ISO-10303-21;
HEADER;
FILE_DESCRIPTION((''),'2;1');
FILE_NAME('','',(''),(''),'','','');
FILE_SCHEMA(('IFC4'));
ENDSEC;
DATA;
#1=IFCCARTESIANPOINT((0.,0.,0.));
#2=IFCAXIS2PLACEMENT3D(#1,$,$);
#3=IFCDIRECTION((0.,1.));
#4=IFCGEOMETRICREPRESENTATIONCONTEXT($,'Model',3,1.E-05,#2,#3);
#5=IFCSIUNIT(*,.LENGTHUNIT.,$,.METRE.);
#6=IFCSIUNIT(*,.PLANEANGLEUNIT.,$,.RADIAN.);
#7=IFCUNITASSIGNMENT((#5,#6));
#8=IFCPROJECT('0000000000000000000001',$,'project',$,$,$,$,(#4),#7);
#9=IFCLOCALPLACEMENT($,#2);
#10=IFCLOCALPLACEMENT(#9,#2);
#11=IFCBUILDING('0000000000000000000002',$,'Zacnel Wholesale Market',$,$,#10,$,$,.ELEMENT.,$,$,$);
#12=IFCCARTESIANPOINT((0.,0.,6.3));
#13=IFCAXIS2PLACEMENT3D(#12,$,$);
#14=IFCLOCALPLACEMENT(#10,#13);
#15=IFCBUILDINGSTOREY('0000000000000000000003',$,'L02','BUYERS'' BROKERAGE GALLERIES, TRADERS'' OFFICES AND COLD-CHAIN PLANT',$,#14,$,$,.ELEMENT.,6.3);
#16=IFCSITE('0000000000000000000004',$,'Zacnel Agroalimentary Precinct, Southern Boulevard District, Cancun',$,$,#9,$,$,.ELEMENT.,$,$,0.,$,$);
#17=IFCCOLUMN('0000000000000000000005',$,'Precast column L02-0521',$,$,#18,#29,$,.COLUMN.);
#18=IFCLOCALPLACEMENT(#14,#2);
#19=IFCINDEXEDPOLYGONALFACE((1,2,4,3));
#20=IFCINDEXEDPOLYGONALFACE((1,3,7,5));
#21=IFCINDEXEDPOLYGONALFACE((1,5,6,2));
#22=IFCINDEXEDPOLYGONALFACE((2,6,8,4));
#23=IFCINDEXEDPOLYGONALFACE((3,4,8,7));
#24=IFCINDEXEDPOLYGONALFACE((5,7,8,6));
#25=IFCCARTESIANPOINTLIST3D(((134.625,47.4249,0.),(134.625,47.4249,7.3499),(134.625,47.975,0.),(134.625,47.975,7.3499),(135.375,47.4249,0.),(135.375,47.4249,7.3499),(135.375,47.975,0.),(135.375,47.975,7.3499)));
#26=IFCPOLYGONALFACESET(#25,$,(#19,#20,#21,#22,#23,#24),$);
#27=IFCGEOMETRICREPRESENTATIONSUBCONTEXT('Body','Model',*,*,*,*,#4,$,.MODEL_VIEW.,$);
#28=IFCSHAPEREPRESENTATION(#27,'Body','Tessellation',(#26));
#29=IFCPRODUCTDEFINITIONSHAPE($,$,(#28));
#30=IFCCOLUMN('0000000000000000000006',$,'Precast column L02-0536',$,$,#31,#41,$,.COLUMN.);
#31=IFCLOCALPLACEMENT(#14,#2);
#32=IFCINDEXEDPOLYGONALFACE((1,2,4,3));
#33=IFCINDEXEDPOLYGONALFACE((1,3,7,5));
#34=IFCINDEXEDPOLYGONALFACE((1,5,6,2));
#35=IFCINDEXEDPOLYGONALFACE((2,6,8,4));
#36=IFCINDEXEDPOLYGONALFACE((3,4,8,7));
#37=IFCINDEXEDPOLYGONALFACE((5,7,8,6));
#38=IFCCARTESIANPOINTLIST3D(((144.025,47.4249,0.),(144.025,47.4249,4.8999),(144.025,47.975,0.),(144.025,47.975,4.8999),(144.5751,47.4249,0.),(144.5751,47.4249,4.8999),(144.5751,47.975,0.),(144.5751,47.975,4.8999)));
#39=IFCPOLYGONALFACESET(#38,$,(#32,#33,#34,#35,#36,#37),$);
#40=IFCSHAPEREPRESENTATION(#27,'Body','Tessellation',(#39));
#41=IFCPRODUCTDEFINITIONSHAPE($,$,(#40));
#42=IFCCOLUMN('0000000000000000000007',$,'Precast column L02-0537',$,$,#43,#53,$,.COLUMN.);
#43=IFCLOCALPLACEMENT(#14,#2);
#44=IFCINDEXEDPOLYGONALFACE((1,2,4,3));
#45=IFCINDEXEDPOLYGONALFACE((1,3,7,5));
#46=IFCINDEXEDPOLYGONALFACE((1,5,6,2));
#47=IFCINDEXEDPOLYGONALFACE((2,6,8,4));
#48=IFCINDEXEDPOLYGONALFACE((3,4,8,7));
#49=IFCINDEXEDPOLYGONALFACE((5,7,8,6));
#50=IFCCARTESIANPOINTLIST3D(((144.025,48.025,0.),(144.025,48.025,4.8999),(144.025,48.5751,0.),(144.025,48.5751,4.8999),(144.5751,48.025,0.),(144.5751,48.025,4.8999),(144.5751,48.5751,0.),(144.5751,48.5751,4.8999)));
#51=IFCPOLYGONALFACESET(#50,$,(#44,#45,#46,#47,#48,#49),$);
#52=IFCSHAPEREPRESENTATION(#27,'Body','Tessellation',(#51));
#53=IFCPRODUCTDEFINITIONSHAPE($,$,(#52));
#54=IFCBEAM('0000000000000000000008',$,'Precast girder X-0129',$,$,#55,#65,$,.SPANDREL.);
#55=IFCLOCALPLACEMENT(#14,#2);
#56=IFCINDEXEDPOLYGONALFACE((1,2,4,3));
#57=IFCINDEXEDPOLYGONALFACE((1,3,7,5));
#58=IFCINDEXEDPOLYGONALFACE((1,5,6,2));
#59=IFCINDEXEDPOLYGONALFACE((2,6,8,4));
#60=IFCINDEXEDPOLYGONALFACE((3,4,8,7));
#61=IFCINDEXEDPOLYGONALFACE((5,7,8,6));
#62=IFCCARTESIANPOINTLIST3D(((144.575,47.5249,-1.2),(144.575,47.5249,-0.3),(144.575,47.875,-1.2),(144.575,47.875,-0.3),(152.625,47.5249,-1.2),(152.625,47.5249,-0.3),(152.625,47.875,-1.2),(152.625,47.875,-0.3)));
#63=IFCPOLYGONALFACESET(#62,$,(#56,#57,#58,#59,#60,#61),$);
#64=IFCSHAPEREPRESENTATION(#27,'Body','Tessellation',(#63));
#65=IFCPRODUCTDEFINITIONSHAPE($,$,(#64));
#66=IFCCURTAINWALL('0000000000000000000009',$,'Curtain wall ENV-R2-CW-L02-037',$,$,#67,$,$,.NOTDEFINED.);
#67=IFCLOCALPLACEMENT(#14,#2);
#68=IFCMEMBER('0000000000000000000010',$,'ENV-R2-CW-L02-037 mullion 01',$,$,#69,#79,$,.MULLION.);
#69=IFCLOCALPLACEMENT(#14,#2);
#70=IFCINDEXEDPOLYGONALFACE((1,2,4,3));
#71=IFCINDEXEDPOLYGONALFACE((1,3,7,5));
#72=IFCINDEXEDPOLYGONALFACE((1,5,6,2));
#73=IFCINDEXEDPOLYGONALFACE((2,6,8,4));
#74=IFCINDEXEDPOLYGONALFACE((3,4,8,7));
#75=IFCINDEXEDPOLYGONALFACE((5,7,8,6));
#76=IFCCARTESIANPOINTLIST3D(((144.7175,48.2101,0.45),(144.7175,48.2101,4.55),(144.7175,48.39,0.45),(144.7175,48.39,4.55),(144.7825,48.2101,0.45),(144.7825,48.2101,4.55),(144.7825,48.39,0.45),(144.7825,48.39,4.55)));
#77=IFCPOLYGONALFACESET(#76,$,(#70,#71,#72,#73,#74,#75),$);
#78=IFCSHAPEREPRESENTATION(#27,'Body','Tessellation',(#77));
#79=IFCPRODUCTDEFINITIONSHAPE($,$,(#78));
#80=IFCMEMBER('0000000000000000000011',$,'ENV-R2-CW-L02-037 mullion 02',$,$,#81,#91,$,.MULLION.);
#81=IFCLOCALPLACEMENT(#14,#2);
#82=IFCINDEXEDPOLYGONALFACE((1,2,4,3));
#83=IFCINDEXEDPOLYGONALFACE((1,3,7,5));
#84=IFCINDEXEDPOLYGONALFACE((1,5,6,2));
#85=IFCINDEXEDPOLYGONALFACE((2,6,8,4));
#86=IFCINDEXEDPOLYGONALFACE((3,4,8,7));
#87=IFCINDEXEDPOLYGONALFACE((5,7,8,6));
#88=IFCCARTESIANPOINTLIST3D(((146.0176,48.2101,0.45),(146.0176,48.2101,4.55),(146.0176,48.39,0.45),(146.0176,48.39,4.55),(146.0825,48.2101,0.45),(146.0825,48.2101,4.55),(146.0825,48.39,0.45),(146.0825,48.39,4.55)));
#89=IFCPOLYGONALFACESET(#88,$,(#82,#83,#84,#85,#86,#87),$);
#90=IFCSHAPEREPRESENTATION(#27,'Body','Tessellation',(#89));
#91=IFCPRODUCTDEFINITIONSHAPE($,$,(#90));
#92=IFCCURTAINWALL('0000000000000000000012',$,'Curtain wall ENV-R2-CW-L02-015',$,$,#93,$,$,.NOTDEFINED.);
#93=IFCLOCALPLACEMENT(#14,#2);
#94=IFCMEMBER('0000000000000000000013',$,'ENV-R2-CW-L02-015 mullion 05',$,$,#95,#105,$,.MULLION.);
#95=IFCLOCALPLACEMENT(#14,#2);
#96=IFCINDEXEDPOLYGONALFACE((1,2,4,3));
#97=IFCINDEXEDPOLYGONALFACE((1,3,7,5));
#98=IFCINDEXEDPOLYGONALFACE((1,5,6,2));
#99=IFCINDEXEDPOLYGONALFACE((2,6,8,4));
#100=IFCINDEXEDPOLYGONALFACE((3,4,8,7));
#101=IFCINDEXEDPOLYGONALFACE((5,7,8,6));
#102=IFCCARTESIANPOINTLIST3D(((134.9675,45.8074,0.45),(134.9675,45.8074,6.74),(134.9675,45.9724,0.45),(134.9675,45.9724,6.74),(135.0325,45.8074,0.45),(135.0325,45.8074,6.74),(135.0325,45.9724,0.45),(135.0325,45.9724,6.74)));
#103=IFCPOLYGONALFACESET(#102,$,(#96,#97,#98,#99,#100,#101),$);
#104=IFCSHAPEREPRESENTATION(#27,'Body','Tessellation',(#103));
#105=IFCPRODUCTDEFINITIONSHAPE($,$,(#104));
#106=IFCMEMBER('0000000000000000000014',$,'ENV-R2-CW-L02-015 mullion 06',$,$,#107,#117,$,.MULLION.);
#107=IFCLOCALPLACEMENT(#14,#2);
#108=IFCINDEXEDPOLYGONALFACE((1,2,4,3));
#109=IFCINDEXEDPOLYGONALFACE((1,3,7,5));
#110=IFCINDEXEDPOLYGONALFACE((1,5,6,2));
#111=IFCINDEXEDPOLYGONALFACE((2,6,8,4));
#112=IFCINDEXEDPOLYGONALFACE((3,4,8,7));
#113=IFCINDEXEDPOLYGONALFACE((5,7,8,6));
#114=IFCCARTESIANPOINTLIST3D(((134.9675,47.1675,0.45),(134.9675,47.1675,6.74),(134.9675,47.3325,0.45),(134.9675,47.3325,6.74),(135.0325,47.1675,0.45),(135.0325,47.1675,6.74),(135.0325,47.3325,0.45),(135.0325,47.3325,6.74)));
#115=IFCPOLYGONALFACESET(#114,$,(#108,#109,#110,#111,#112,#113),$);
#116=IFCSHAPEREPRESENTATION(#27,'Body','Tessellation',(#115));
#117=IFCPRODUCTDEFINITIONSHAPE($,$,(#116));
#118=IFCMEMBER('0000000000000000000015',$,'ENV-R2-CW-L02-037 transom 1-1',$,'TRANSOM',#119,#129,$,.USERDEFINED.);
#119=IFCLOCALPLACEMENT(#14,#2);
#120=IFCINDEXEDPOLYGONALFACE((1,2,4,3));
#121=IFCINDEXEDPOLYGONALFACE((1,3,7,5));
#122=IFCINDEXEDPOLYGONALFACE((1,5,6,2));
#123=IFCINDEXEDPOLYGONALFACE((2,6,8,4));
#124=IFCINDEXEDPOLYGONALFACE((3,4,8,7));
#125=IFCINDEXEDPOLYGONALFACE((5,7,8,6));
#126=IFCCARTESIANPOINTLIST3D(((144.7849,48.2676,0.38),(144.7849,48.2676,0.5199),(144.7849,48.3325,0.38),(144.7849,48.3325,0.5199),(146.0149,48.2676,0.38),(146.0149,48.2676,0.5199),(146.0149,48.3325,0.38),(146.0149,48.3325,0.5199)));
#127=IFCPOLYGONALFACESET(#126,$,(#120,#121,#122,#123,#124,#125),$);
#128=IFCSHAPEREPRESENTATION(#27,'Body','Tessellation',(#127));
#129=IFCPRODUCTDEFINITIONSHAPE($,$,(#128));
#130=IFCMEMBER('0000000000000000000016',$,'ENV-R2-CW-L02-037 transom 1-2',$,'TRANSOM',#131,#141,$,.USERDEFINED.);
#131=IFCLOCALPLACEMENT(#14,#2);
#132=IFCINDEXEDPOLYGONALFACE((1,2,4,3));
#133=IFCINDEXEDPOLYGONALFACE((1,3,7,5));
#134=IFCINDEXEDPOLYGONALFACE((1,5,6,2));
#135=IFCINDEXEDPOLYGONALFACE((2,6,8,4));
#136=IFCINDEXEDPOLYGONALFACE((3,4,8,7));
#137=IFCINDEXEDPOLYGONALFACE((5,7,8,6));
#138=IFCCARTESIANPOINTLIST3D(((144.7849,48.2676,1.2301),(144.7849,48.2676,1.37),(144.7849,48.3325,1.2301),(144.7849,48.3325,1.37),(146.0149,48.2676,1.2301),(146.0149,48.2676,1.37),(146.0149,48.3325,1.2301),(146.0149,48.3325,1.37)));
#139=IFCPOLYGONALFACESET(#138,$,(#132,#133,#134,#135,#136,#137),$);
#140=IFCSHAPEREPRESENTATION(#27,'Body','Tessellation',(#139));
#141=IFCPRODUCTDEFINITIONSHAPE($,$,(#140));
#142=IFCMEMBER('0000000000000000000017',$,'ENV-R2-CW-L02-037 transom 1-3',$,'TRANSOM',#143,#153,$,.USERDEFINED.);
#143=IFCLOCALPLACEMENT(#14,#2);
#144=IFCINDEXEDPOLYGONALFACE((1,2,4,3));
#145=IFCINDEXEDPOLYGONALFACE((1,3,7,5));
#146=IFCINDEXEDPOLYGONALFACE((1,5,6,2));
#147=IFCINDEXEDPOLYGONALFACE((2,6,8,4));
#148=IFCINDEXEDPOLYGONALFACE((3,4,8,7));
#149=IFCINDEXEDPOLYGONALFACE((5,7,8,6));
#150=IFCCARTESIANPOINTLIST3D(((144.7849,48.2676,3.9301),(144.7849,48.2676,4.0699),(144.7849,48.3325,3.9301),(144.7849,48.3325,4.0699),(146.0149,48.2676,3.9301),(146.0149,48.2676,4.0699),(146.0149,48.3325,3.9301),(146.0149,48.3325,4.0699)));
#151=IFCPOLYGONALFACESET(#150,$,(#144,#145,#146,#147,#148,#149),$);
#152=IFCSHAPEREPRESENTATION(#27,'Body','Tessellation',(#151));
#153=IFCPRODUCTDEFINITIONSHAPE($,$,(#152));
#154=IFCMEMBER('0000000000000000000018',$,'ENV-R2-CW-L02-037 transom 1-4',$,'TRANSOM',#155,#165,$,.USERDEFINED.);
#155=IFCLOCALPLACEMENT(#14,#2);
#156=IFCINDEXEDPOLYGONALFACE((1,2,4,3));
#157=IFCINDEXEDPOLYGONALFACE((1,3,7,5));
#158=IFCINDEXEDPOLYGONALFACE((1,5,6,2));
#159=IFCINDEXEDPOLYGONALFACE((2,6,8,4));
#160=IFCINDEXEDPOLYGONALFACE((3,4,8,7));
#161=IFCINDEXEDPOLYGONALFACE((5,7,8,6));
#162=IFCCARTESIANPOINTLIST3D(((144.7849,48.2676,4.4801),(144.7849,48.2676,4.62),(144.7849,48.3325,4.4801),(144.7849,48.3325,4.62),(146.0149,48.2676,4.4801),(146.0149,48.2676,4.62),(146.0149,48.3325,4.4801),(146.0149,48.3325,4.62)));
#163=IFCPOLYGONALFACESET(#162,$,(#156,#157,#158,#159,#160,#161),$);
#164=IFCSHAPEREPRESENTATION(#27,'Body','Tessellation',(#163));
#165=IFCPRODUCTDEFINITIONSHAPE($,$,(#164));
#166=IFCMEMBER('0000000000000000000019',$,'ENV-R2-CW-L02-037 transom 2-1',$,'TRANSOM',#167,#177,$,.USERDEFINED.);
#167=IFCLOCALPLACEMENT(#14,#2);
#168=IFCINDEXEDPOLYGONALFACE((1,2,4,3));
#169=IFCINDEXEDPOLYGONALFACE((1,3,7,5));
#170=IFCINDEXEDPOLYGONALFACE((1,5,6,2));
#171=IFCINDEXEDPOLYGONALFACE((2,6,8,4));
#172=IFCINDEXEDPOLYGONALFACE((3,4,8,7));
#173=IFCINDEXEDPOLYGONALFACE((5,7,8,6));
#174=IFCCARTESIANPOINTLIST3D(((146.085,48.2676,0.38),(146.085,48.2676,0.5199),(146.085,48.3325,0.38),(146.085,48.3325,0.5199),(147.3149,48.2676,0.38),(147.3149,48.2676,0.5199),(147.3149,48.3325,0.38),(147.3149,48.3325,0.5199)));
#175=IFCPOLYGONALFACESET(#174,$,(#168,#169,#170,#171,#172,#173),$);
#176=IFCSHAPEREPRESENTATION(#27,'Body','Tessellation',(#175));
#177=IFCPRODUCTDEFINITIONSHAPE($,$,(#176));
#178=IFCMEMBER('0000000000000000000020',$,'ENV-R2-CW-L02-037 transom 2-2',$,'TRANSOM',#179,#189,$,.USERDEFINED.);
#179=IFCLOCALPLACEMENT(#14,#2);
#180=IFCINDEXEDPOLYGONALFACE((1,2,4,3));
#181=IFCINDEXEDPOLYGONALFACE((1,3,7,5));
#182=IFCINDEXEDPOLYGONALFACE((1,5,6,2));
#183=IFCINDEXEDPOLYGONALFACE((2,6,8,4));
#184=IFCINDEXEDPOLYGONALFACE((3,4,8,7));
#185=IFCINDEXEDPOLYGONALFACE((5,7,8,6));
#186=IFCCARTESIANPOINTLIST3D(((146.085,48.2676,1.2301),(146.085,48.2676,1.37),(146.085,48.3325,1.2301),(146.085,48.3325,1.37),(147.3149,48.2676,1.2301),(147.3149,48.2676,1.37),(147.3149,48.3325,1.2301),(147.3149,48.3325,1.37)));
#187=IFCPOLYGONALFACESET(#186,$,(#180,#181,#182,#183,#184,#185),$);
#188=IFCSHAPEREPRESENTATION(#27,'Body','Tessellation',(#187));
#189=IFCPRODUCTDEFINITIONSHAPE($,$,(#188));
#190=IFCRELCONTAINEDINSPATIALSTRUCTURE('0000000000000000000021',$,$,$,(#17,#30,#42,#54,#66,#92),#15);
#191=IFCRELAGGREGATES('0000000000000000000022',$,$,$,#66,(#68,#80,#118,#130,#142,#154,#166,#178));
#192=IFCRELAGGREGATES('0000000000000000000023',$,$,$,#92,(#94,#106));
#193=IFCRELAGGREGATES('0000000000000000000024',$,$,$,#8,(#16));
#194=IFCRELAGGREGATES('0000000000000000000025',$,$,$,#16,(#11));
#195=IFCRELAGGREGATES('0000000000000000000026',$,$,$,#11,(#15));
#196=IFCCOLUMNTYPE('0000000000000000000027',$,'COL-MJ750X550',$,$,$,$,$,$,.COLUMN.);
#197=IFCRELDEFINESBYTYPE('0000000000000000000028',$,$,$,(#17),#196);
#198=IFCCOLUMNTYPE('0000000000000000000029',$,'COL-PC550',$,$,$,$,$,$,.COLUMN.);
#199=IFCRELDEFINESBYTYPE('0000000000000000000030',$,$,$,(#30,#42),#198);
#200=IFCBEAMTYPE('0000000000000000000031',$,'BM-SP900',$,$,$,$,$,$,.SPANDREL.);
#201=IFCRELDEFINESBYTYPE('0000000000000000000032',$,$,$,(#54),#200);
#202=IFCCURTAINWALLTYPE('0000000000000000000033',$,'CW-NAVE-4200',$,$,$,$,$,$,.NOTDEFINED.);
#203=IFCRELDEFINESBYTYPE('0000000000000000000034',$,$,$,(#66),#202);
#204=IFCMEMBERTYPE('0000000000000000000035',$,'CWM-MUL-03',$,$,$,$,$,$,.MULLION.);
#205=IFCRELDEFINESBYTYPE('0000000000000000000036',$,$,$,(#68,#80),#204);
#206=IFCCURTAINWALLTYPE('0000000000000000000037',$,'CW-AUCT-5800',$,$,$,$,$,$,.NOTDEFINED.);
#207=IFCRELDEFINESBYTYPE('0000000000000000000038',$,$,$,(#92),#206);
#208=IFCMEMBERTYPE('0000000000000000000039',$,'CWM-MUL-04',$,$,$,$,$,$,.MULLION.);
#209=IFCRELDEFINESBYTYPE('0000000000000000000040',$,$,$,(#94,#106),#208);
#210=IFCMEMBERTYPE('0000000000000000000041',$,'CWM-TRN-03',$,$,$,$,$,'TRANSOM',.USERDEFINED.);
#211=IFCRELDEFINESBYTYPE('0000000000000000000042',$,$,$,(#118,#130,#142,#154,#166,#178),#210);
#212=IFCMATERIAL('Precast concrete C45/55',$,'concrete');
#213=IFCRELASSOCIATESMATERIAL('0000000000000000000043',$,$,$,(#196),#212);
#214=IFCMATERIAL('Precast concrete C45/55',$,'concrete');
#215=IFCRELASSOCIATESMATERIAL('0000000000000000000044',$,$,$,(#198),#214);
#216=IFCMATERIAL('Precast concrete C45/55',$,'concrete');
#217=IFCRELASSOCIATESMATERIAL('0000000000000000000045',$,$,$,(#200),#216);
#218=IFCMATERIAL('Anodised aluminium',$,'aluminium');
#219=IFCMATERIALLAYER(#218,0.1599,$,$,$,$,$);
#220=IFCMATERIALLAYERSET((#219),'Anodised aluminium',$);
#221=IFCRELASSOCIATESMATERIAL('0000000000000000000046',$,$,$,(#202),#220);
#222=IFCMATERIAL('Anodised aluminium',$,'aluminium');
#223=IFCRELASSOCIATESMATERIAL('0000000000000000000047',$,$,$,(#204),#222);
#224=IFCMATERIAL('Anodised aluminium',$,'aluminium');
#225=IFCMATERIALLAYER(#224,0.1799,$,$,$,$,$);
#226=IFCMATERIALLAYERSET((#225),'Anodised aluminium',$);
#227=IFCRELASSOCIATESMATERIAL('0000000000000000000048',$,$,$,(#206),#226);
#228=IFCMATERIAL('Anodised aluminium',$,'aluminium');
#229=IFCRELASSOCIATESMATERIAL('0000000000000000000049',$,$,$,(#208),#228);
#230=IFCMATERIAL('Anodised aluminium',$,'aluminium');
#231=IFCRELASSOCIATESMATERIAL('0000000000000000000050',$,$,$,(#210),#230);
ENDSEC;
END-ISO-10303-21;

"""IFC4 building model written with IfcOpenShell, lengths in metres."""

from ifc_helpers import new_model, si_unit, direction, frame, origin, origin_2d, place, context, subcontext, project, spatial, rectangle, extrude, material, layer, layer_set, material_profile, profile_set, type_object, element, aggregate, save


model = new_model("IFC4")

# Units and contexts
model_context = context("Model", 3, precision=1e-05, world=origin(), true_north=direction((0.0, 1.0)))
body_context = subcontext(model_context, "Body", "Model", "MODEL_VIEW")
ifc_project = project(units=[si_unit("LENGTHUNIT", "METRE"), si_unit("PLANEANGLEUNIT", "RADIAN")], contexts=[model_context])

# Site, building, storey
site_placement = place(None, origin())
site = spatial("IfcSite", under=ifc_project, at=site_placement, Name="Zacnel Agroalimentary Precinct, Southern Boulevard District, Cancun", CompositionType="ELEMENT", RefElevation=0.0)
building_placement = place(site_placement, origin())
building = spatial("IfcBuilding", under=site, at=building_placement, Name="Zacnel Wholesale Market", CompositionType="ELEMENT")
storey_placement = place(building_placement, frame((0.0, 0.0, 6.3)))
storey = spatial("IfcBuildingStorey", under=building, at=storey_placement, Name="L02", Description="BUYERS' BROKERAGE GALLERIES, TRADERS' OFFICES AND COLD-CHAIN PLANT", CompositionType="ELEMENT", Elevation=6.3)

# Columns
ifc_material_1 = material(Name="Precast concrete C45/55", Category="concrete")
ifc_material_profile_1 = material_profile(ifc_material_1, rectangle(XDim=0.75, YDim=0.55, at=origin_2d()), Name="PC 750x550")
ifc_profile_set_1 = profile_set([ifc_material_profile_1], Name="Precast concrete C45/55")
column_type_1 = type_object("IfcColumnType", Name="COL-MJ750X550", PredefinedType="COLUMN", material=ifc_profile_set_1)
column_placement = place(storey_placement, frame((135.0, 47.7, 0.0), z_axis=(0.0, 0.0, 1.0), x_axis=(1.0, 0.0, 0.0)))
element("IfcColumn", 1, at=column_placement, inside=storey, type_object=column_type_1, Name="Precast column L02-0521", PredefinedType="COLUMN", context=body_context, shape_type="SweptSolid", body=[
    extrude(rectangle(XDim=0.75, YDim=0.55, at=origin_2d()), origin(), (0.0, 0.0, 1.0), 7.3499),
])
ifc_material_2 = material(Name="Precast concrete C45/55", Category="concrete")
ifc_material_profile_2 = material_profile(ifc_material_2, rectangle(XDim=0.55, YDim=0.55, at=origin_2d()), Name="PC 550x550")
ifc_profile_set_2 = profile_set([ifc_material_profile_2], Name="Precast concrete C45/55")
column_type_2 = type_object("IfcColumnType", Name="COL-PC550", PredefinedType="COLUMN", material=ifc_profile_set_2)
for number, where, z_axis, x_axis, name in (
    (2, (144.3, 47.7, 0.0), (0.0, 0.0, 1.0), (1.0, 0.0, 0.0), "Precast column L02-0536"),
    (3, (144.3, 48.3, 0.0), (0.0, 0.0, 1.0), (1.0, 0.0, 0.0), "Precast column L02-0537"),
):
    element("IfcColumn", number, at=place(storey_placement, frame(where, z_axis=z_axis, x_axis=x_axis)), inside=storey, type_object=column_type_2, Name=name, PredefinedType="COLUMN", context=body_context, shape_type="SweptSolid", body=[
        extrude(rectangle(XDim=0.55, YDim=0.55, at=origin_2d()), origin(), (0.0, 0.0, 1.0), 4.8999),
    ])

# Beam
ifc_material_3 = material(Name="Precast concrete C45/55", Category="concrete")
ifc_material_profile_3 = material_profile(ifc_material_3, rectangle(XDim=0.3501, YDim=0.8999, at=origin_2d()), Name="SP 350x900")
ifc_profile_set_3 = profile_set([ifc_material_profile_3], Name="Precast concrete C45/55")
beam_type = type_object("IfcBeamType", Name="BM-SP900", PredefinedType="SPANDREL", material=ifc_profile_set_3)
beam_placement = place(storey_placement, frame((144.575, 47.7, -0.75), z_axis=(1.0, 0.0, 0.0), x_axis=(0.0, 1.0, 0.0)))
element("IfcBeam", 4, at=beam_placement, inside=storey, type_object=beam_type, Name="Precast girder X-0129", PredefinedType="SPANDREL", context=body_context, shape_type="SweptSolid", body=[
    extrude(rectangle(XDim=0.3501, YDim=0.8999, at=origin_2d()), origin(), (0.0, 0.0, 1.0), 8.05),
])

# Curtain walls, members
ifc_material_4 = material(Name="Anodised aluminium", Category="aluminium")
ifc_layer_1 = layer(ifc_material_4, 0.1599)
ifc_layer_set_1 = layer_set([ifc_layer_1], Name="Anodised aluminium")
curtain_wall_type_1 = type_object("IfcCurtainWallType", Name="CW-NAVE-4200", PredefinedType="NOTDEFINED", material=ifc_layer_set_1)
curtain_wall_1_placement = place(storey_placement, origin())
curtain_wall_1 = element("IfcCurtainWall", 5, at=curtain_wall_1_placement, inside=storey, type_object=curtain_wall_type_1, Name="Curtain wall ENV-R2-CW-L02-037", PredefinedType="NOTDEFINED")
ifc_material_5 = material(Name="Anodised aluminium", Category="aluminium")
ifc_material_profile_4 = material_profile(ifc_material_5, rectangle(XDim=0.0649, YDim=0.1799, at=origin_2d()), Name="AW-MULLION 65x180")
ifc_profile_set_4 = profile_set([ifc_material_profile_4], Name="Anodised aluminium")
member_type_1 = type_object("IfcMemberType", Name="CWM-MUL-03", PredefinedType="MULLION", material=ifc_profile_set_4)
member_1_placement = place(storey_placement, frame((144.75, 48.3, 0.45), z_axis=(0.0, 0.0, 1.0), x_axis=(1.0, 0.0, 0.0)))
member_1 = element("IfcMember", 6, at=member_1_placement, type_object=member_type_1, Name="ENV-R2-CW-L02-037 mullion 01", PredefinedType="MULLION", context=body_context, shape_type="SweptSolid", body=[
    extrude(rectangle(XDim=0.0649, YDim=0.1799, at=origin_2d()), origin(), (0.0, 0.0, 1.0), 4.1001),
])
member_2_placement = place(storey_placement, frame((146.05, 48.3, 0.45), z_axis=(0.0, 0.0, 1.0), x_axis=(1.0, 0.0, 0.0)))
member_2 = element("IfcMember", 7, at=member_2_placement, type_object=member_type_1, Name="ENV-R2-CW-L02-037 mullion 02", PredefinedType="MULLION", context=body_context, shape_type="SweptSolid", body=[
    extrude(rectangle(XDim=0.0649, YDim=0.1799, at=origin_2d()), origin(), (0.0, 0.0, 1.0), 4.1001),
])
ifc_material_6 = material(Name="Anodised aluminium", Category="aluminium")
ifc_layer_2 = layer(ifc_material_6, 0.1799)
ifc_layer_set_2 = layer_set([ifc_layer_2], Name="Anodised aluminium")
curtain_wall_type_2 = type_object("IfcCurtainWallType", Name="CW-AUCT-5800", PredefinedType="NOTDEFINED", material=ifc_layer_set_2)
curtain_wall_2_placement = place(storey_placement, origin())
curtain_wall_2 = element("IfcCurtainWall", 8, at=curtain_wall_2_placement, inside=storey, type_object=curtain_wall_type_2, Name="Curtain wall ENV-R2-CW-L02-015", PredefinedType="NOTDEFINED")
ifc_material_7 = material(Name="Anodised aluminium", Category="aluminium")
ifc_material_profile_5 = material_profile(ifc_material_7, rectangle(XDim=0.0649, YDim=0.165, at=origin_2d()), Name="AW-MULLION 65x165")
ifc_profile_set_5 = profile_set([ifc_material_profile_5], Name="Anodised aluminium")
member_type_2 = type_object("IfcMemberType", Name="CWM-MUL-04", PredefinedType="MULLION", material=ifc_profile_set_5)
member_3_placement = place(storey_placement, frame((135.0, 45.8899, 0.45), z_axis=(0.0, 0.0, 1.0), x_axis=(1.0, 0.0, 0.0)))
member_3 = element("IfcMember", 9, at=member_3_placement, type_object=member_type_2, Name="ENV-R2-CW-L02-015 mullion 05", PredefinedType="MULLION", context=body_context, shape_type="SweptSolid", body=[
    extrude(rectangle(XDim=0.0649, YDim=0.165, at=origin_2d()), origin(), (0.0, 0.0, 1.0), 6.29),
])
member_4_placement = place(storey_placement, frame((135.0, 47.25, 0.45), z_axis=(0.0, 0.0, 1.0), x_axis=(1.0, 0.0, 0.0)))
member_4 = element("IfcMember", 10, at=member_4_placement, type_object=member_type_2, Name="ENV-R2-CW-L02-015 mullion 06", PredefinedType="MULLION", context=body_context, shape_type="SweptSolid", body=[
    extrude(rectangle(XDim=0.0649, YDim=0.165, at=origin_2d()), origin(), (0.0, 0.0, 1.0), 6.29),
])

# Members
ifc_material_8 = material(Name="Anodised aluminium", Category="aluminium")
ifc_material_profile_6 = material_profile(ifc_material_8, rectangle(XDim=0.0649, YDim=0.1399, at=origin_2d()), Name="AW-TRANSOM 65x140")
ifc_profile_set_6 = profile_set([ifc_material_profile_6], Name="Anodised aluminium")
member_type_3 = type_object("IfcMemberType", Name="CWM-TRN-03", ElementType="TRANSOM", PredefinedType="USERDEFINED", material=ifc_profile_set_6)
member_5_placement = place(storey_placement, frame((144.7849, 48.3, 0.45), z_axis=(1.0, 0.0, 0.0), x_axis=(0.0, 1.0, 0.0)))
member_5 = element("IfcMember", 11, at=member_5_placement, type_object=member_type_3, Name="ENV-R2-CW-L02-037 transom 1-1", ObjectType="TRANSOM", PredefinedType="USERDEFINED", context=body_context, shape_type="SweptSolid", body=[
    extrude(rectangle(XDim=0.0649, YDim=0.1399, at=origin_2d()), origin(), (0.0, 0.0, 1.0), 1.23),
])
member_6_placement = place(storey_placement, frame((144.7849, 48.3, 1.3), z_axis=(1.0, 0.0, 0.0), x_axis=(0.0, 1.0, 0.0)))
member_6 = element("IfcMember", 12, at=member_6_placement, type_object=member_type_3, Name="ENV-R2-CW-L02-037 transom 1-2", ObjectType="TRANSOM", PredefinedType="USERDEFINED", context=body_context, shape_type="SweptSolid", body=[
    extrude(rectangle(XDim=0.0649, YDim=0.1399, at=origin_2d()), origin(), (0.0, 0.0, 1.0), 1.23),
])
member_7_placement = place(storey_placement, frame((144.7849, 48.3, 4.0), z_axis=(1.0, 0.0, 0.0), x_axis=(0.0, 1.0, 0.0)))
member_7 = element("IfcMember", 13, at=member_7_placement, type_object=member_type_3, Name="ENV-R2-CW-L02-037 transom 1-3", ObjectType="TRANSOM", PredefinedType="USERDEFINED", context=body_context, shape_type="SweptSolid", body=[
    extrude(rectangle(XDim=0.0649, YDim=0.1399, at=origin_2d()), origin(), (0.0, 0.0, 1.0), 1.23),
])
member_8_placement = place(storey_placement, frame((144.7849, 48.3, 4.55), z_axis=(1.0, 0.0, 0.0), x_axis=(0.0, 1.0, 0.0)))
member_8 = element("IfcMember", 14, at=member_8_placement, type_object=member_type_3, Name="ENV-R2-CW-L02-037 transom 1-4", ObjectType="TRANSOM", PredefinedType="USERDEFINED", context=body_context, shape_type="SweptSolid", body=[
    extrude(rectangle(XDim=0.0649, YDim=0.1399, at=origin_2d()), origin(), (0.0, 0.0, 1.0), 1.23),
])
member_9_placement = place(storey_placement, frame((146.085, 48.3, 0.45), z_axis=(1.0, 0.0, 0.0), x_axis=(0.0, 1.0, 0.0)))
member_9 = element("IfcMember", 15, at=member_9_placement, type_object=member_type_3, Name="ENV-R2-CW-L02-037 transom 2-1", ObjectType="TRANSOM", PredefinedType="USERDEFINED", context=body_context, shape_type="SweptSolid", body=[
    extrude(rectangle(XDim=0.0649, YDim=0.1399, at=origin_2d()), origin(), (0.0, 0.0, 1.0), 1.23),
])
member_10_placement = place(storey_placement, frame((146.085, 48.3, 1.3), z_axis=(1.0, 0.0, 0.0), x_axis=(0.0, 1.0, 0.0)))
member_10 = element("IfcMember", 16, at=member_10_placement, type_object=member_type_3, Name="ENV-R2-CW-L02-037 transom 2-2", ObjectType="TRANSOM", PredefinedType="USERDEFINED", context=body_context, shape_type="SweptSolid", body=[
    extrude(rectangle(XDim=0.0649, YDim=0.1399, at=origin_2d()), origin(), (0.0, 0.0, 1.0), 1.23),
])

aggregate(curtain_wall_1, [member_1, member_2, member_5, member_6, member_7, member_8, member_9, member_10])
aggregate(curtain_wall_2, [member_3, member_4])

save(model, "model.ifc")
